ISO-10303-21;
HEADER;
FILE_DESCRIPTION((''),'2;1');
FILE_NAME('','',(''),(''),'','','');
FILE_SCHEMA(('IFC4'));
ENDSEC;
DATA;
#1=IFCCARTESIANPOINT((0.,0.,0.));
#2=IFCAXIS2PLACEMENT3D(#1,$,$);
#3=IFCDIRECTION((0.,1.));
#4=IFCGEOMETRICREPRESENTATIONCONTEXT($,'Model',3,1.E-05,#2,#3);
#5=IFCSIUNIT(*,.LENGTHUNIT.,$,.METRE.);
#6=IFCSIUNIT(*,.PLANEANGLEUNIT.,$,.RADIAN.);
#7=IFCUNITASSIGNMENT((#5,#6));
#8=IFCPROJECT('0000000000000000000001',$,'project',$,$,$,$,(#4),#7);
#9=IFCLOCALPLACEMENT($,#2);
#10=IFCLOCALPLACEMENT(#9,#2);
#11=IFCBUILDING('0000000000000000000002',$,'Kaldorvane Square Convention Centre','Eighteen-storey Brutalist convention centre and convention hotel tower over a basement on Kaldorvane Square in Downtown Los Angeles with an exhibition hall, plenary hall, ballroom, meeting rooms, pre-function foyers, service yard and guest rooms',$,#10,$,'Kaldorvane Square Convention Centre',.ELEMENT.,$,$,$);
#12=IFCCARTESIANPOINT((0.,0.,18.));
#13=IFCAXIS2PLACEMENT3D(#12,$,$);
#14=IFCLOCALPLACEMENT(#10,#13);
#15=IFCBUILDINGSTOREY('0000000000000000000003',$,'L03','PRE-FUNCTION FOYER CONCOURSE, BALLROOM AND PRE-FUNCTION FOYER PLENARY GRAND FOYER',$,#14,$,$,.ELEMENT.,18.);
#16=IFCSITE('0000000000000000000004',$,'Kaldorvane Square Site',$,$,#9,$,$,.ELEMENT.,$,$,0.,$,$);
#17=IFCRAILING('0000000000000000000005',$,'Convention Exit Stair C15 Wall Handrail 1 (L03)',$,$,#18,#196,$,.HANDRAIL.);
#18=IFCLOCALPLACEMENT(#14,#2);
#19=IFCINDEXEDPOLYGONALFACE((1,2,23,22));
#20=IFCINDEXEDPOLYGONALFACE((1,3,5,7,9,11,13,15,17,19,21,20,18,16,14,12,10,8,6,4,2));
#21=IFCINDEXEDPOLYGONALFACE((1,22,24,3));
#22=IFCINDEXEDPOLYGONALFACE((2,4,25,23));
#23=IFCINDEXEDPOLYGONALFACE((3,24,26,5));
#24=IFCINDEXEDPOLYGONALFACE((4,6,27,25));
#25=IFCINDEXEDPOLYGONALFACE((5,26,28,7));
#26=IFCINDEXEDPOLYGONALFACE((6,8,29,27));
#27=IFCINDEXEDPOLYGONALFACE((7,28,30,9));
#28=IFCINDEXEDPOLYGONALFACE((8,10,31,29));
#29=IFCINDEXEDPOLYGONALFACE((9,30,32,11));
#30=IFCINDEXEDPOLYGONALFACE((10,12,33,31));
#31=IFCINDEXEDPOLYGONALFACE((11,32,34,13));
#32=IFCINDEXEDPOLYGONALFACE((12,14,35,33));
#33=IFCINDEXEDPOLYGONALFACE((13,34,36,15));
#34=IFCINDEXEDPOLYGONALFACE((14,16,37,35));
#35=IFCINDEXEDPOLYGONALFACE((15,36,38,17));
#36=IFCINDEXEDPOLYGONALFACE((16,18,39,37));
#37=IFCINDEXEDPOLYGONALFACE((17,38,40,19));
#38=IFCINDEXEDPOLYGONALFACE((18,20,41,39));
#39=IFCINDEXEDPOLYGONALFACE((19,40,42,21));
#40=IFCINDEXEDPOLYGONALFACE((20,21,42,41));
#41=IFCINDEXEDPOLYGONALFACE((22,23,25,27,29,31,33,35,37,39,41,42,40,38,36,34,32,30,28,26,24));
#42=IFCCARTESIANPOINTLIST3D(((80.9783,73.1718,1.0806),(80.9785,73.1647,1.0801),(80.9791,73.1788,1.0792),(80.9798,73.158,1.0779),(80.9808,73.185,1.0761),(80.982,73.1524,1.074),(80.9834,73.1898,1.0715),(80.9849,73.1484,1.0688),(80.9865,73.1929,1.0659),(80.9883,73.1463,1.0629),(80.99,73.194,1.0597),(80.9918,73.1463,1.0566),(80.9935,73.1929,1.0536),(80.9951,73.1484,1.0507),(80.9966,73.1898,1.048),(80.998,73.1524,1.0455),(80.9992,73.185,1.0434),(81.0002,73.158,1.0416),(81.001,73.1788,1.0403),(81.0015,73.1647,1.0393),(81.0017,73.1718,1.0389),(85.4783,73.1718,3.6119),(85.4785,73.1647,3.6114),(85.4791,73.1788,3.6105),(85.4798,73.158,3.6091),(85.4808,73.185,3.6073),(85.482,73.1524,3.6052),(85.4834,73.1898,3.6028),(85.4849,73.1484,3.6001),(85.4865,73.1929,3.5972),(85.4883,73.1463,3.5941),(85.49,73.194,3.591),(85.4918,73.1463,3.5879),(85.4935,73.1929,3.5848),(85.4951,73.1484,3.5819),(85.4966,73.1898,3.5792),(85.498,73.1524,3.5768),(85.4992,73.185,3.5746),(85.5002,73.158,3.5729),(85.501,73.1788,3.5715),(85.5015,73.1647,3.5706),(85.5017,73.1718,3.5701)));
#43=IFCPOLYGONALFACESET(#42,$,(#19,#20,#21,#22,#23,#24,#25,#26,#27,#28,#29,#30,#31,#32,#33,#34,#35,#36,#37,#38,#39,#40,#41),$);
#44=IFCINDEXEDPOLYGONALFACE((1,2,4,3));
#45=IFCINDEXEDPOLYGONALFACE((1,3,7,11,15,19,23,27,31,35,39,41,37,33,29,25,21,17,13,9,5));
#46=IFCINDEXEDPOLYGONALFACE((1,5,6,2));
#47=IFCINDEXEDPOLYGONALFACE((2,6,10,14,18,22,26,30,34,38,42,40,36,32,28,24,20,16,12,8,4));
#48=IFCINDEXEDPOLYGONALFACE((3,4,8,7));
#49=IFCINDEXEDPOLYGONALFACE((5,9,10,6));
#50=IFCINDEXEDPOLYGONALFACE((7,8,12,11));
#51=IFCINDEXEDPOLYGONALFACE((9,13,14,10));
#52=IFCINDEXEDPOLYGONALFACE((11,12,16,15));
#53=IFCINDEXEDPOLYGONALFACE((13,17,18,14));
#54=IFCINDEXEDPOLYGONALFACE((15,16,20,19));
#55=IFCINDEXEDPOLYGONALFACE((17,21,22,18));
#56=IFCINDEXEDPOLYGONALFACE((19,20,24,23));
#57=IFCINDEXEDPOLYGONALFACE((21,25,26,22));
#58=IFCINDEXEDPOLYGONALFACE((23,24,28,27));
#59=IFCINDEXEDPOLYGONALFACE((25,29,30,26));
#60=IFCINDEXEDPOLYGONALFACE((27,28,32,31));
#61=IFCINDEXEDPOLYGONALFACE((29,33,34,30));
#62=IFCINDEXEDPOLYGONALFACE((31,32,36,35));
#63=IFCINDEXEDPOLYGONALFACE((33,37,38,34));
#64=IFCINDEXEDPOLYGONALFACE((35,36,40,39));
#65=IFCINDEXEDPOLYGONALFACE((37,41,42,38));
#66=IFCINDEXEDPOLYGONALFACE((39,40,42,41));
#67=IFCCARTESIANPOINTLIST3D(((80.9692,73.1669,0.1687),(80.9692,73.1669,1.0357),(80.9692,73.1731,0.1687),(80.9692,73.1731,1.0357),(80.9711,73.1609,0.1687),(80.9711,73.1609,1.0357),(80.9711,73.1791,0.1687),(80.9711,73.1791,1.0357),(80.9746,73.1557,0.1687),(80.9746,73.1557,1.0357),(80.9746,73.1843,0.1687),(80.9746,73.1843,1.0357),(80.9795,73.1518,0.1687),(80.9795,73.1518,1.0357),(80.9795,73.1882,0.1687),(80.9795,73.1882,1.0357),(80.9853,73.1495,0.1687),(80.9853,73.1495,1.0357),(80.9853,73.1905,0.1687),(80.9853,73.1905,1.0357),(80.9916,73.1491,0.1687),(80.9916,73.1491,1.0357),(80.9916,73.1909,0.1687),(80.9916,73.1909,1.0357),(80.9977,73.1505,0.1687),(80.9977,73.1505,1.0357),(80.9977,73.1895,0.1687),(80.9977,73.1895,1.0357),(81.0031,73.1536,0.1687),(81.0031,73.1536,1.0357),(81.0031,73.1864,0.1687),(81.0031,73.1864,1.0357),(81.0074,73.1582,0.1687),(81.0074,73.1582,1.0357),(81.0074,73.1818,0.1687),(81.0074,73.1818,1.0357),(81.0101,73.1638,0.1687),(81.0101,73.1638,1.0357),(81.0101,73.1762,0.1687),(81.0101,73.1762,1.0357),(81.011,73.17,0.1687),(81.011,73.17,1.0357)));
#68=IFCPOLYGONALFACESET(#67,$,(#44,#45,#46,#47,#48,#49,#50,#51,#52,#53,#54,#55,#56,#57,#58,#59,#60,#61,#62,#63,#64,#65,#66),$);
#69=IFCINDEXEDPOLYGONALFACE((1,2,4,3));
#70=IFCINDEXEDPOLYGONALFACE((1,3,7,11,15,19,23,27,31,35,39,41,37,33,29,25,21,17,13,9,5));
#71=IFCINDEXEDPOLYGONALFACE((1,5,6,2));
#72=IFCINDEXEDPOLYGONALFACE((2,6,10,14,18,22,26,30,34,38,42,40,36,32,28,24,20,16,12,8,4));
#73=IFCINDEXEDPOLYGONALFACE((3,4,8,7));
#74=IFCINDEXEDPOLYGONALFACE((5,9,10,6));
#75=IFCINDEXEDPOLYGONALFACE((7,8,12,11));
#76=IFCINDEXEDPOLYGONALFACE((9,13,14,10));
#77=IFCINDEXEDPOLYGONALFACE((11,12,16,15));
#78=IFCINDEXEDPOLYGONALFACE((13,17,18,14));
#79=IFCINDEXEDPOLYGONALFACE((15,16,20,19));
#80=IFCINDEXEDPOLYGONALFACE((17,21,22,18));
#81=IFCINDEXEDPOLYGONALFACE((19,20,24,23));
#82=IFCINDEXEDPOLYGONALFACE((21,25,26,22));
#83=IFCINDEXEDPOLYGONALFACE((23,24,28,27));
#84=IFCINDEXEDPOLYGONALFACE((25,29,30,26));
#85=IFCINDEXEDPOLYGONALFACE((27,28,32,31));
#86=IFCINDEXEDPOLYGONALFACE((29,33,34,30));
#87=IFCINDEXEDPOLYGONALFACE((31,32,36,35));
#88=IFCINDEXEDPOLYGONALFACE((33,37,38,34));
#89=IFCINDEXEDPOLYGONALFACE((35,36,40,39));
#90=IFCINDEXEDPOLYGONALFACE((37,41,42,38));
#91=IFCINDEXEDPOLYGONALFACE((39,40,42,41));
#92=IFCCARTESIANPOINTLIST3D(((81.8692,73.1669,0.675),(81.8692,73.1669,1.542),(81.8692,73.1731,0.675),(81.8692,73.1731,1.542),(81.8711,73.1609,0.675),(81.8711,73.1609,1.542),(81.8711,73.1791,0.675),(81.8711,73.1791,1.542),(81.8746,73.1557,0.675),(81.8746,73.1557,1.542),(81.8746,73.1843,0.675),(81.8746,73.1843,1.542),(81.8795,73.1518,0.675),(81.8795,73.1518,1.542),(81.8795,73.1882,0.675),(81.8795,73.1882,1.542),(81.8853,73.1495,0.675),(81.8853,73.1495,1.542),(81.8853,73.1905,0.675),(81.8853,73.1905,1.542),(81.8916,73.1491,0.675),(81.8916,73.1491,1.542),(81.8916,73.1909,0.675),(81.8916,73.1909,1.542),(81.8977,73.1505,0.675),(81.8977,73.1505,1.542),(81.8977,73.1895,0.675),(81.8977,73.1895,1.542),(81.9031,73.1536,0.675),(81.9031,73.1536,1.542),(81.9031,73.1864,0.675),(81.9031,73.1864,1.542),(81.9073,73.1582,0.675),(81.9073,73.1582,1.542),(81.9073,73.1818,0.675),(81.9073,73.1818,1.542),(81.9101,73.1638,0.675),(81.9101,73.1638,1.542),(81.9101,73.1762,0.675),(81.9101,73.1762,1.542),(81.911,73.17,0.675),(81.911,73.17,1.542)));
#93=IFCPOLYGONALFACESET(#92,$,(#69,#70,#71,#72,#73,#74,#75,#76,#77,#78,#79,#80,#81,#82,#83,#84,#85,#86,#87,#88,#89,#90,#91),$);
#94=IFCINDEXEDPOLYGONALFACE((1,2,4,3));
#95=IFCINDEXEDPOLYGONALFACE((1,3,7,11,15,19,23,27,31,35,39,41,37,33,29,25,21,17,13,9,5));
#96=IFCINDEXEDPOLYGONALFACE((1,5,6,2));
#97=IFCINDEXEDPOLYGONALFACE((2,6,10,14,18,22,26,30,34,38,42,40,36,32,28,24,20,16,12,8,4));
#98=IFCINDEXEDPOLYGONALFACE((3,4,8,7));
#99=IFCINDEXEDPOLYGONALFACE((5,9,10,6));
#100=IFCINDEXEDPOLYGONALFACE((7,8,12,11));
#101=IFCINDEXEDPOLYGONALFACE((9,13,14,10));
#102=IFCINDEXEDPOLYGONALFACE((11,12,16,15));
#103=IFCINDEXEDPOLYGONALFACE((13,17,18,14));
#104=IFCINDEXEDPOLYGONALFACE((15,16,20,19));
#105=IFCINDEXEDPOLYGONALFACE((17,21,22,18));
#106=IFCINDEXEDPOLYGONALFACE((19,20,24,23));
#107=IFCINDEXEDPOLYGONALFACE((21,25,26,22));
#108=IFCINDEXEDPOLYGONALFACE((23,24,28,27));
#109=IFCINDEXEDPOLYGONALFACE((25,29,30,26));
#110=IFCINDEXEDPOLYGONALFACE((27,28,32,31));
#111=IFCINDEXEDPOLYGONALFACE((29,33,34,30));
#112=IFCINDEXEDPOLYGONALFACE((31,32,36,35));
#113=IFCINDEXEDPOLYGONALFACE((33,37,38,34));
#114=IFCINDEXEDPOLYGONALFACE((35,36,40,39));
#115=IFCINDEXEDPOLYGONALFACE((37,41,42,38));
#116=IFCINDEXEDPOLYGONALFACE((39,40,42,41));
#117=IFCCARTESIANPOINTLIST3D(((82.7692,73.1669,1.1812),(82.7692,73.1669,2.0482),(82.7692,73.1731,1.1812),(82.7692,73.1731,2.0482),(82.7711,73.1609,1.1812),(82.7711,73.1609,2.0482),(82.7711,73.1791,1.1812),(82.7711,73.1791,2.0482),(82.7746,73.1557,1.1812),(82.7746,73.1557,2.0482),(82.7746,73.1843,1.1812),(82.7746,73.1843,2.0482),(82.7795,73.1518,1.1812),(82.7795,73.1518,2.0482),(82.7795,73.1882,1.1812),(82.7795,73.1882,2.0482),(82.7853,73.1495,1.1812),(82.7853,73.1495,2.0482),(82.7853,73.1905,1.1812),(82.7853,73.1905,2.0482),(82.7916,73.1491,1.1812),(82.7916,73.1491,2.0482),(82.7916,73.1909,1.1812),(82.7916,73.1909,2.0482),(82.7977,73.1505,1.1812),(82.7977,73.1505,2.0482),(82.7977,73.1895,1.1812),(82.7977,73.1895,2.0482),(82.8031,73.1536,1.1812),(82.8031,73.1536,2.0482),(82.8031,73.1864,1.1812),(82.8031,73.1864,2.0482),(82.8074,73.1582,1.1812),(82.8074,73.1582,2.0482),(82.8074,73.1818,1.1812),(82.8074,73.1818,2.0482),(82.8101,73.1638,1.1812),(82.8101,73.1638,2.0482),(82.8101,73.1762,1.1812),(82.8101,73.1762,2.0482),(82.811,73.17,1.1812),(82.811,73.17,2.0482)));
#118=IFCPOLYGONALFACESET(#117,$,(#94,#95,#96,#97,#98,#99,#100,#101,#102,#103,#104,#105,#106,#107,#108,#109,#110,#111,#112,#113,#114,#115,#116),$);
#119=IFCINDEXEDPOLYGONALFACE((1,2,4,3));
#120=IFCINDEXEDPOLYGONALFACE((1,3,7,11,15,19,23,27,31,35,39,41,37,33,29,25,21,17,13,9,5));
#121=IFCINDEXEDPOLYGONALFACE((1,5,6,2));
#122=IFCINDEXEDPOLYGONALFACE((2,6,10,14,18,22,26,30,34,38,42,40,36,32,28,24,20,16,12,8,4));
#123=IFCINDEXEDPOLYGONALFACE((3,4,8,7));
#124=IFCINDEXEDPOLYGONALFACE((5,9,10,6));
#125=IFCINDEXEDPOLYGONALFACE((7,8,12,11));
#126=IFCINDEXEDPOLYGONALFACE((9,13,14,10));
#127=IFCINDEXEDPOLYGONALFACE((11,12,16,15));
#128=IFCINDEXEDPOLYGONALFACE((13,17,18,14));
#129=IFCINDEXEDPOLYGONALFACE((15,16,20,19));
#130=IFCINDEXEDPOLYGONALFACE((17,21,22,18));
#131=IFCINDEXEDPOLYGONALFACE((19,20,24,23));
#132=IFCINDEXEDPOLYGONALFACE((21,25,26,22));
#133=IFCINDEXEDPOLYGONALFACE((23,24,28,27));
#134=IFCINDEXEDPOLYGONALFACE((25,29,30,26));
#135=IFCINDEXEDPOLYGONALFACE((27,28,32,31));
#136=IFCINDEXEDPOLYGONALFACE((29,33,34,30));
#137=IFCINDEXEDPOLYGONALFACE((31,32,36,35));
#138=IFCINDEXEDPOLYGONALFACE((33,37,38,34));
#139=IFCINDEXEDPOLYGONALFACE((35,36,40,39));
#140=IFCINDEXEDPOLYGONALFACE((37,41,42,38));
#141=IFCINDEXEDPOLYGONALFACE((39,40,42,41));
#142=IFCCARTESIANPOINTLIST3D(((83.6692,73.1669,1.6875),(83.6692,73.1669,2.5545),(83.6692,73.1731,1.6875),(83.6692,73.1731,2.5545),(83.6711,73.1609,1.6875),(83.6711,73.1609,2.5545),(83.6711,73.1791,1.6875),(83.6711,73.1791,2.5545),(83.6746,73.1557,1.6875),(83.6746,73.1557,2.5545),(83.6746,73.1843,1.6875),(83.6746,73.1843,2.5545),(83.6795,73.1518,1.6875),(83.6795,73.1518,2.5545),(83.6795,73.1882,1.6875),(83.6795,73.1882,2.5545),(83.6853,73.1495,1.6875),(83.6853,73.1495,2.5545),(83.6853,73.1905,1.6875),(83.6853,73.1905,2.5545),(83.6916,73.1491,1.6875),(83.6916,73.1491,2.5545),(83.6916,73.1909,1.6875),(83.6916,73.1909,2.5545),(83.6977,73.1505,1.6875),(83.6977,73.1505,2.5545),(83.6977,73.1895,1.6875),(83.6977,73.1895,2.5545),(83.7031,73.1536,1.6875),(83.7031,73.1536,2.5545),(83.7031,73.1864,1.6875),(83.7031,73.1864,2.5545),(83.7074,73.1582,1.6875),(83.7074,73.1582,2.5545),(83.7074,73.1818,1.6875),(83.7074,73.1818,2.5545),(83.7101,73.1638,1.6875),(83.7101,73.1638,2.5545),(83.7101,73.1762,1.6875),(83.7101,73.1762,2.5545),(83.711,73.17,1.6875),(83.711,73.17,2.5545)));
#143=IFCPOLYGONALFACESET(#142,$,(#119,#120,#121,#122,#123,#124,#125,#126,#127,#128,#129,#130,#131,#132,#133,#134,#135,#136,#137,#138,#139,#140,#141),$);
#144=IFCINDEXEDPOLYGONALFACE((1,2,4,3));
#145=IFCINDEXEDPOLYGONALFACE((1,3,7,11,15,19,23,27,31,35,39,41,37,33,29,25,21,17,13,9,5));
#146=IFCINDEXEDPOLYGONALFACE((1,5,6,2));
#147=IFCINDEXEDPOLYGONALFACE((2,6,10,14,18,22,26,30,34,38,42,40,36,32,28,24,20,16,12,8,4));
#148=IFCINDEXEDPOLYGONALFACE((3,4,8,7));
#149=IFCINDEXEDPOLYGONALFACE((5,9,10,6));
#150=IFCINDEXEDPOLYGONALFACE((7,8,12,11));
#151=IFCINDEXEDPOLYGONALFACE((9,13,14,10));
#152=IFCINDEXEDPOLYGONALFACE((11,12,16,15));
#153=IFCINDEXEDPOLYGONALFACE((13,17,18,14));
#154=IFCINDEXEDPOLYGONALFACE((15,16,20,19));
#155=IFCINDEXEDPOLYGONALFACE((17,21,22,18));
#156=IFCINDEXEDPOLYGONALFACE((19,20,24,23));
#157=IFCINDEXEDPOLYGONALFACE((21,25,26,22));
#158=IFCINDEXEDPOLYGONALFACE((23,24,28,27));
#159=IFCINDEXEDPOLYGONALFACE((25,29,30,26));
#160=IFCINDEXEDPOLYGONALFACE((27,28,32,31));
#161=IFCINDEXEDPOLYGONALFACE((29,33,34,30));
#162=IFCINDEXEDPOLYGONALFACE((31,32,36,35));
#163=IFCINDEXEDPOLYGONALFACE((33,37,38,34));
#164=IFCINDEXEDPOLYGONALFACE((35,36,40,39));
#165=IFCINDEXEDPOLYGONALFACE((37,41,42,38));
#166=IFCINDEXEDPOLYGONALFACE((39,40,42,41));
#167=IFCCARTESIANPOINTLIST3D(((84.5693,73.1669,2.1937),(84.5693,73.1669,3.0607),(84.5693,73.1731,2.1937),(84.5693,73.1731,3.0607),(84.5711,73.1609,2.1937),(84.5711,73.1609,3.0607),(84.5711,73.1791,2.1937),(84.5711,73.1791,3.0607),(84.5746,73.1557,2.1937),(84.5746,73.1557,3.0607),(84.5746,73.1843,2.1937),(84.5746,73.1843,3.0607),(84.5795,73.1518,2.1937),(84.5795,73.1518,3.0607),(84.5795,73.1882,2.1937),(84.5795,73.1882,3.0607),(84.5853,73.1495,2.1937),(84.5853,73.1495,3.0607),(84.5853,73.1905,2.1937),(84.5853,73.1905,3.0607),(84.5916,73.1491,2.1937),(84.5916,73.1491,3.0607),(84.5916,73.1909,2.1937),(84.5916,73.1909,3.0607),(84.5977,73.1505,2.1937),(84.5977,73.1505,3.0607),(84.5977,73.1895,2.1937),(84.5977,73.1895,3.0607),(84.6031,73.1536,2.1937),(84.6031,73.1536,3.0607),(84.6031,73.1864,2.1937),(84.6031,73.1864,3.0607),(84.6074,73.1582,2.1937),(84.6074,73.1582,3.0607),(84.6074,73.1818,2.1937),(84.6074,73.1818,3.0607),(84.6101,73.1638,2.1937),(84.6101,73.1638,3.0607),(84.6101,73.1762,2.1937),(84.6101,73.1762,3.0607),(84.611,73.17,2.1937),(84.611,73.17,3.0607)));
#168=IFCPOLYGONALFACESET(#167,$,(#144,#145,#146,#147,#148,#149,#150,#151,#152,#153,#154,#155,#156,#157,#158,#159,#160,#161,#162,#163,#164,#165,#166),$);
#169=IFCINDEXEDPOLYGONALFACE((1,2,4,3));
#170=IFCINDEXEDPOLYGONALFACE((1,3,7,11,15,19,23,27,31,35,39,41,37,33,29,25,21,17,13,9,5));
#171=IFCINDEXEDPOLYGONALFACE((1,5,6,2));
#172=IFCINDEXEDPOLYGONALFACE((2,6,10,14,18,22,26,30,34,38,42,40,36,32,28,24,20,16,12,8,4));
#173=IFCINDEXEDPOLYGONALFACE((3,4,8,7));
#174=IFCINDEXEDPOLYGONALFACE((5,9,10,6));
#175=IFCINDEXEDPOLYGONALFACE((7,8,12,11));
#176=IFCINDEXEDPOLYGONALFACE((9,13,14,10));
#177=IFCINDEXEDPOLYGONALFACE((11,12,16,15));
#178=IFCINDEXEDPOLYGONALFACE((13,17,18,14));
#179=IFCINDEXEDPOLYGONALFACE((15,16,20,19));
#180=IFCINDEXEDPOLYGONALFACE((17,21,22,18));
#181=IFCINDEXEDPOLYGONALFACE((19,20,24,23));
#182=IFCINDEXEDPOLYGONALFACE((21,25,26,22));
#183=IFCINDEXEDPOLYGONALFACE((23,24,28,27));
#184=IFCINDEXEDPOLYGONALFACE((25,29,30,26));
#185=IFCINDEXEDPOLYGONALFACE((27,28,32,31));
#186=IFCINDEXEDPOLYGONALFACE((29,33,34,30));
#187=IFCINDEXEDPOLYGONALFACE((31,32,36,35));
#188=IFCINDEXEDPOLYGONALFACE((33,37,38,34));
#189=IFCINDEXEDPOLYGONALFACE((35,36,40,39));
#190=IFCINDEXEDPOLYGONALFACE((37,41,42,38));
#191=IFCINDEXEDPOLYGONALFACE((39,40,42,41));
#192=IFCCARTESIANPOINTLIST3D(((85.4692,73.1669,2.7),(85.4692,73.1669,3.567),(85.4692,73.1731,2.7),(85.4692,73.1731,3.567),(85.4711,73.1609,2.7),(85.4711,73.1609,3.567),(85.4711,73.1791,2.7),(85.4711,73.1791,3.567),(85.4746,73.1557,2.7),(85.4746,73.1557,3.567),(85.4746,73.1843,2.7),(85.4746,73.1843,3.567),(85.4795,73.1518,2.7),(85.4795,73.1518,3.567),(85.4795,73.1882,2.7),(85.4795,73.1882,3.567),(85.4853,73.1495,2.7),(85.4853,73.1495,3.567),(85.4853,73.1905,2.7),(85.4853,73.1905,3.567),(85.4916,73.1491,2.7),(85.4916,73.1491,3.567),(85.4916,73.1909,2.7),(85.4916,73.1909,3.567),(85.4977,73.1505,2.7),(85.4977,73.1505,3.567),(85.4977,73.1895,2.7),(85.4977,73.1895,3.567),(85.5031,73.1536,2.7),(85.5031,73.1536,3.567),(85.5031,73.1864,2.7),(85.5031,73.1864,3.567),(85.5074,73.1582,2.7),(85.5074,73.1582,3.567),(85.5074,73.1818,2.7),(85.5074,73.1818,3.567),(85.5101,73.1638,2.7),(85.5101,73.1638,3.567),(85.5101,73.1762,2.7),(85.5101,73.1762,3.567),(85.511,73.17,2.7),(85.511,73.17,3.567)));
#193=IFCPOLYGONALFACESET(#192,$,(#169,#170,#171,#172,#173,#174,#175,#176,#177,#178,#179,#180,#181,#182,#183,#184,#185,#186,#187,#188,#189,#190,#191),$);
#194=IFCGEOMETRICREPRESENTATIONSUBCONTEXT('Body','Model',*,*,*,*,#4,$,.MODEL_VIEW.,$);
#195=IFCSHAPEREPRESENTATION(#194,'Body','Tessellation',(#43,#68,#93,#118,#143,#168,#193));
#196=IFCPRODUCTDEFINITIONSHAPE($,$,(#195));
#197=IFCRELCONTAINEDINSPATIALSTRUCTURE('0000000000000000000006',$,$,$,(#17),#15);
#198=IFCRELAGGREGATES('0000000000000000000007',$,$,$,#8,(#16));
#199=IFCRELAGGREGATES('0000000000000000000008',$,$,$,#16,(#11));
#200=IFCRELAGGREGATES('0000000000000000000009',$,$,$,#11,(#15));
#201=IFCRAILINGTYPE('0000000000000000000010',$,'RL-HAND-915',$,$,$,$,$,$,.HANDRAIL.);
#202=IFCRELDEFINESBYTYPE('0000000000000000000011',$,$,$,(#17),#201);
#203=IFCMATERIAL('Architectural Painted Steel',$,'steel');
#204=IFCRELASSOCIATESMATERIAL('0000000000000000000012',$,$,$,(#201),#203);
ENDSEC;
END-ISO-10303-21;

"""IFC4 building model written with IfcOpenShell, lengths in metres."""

from ifc_helpers import new_model, si_unit, direction, frame, origin, origin_2d, place, context, subcontext, project, spatial, circle, extrude, material, type_object, element, save


model = new_model("IFC4")

# Units and contexts
model_context = context("Model", 3, precision=1e-05, world=origin(), true_north=direction((0.0, 1.0)))
body_context = subcontext(model_context, "Body", "Model", "MODEL_VIEW")
ifc_project = project(units=[si_unit("LENGTHUNIT", "METRE"), si_unit("PLANEANGLEUNIT", "RADIAN")], contexts=[model_context])

# Site, building, storey
site_placement = place(None, origin())
site = spatial("IfcSite", under=ifc_project, at=site_placement, Name="Kaldorvane Square Site", CompositionType="ELEMENT", RefElevation=0.0)
building_placement = place(site_placement, origin())
building = spatial("IfcBuilding", under=site, at=building_placement, Name="Kaldorvane Square Convention Centre", Description="Eighteen-storey Brutalist convention centre and convention hotel tower over a basement on Kaldorvane Square in Downtown Los Angeles with an exhibition hall, plenary hall, ballroom, meeting rooms, pre-function foyers, service yard and guest rooms", LongName="Kaldorvane Square Convention Centre", CompositionType="ELEMENT")
storey_placement = place(building_placement, frame((0.0, 0.0, 18.0)))
storey = spatial("IfcBuildingStorey", under=building, at=storey_placement, Name="L03", Description="PRE-FUNCTION FOYER CONCOURSE, BALLROOM AND PRE-FUNCTION FOYER PLENARY GRAND FOYER", CompositionType="ELEMENT", Elevation=18.0)

# Railing
ifc_material_1 = material(Name="Architectural Painted Steel", Category="steel")
railing_type_1 = type_object("IfcRailingType", Name="RL-HAND-915", PredefinedType="HANDRAIL", material=ifc_material_1)
railing_1_placement = place(storey_placement, frame((80.99, 73.17, 0.1687)))
element("IfcRailing", 1, at=railing_1_placement, inside=storey, type_object=railing_type_1, Name="Convention Exit Stair C15 Wall Handrail 1 (L03)", PredefinedType="HANDRAIL", context=body_context, shape_type="SweptSolid", body=[
    extrude(circle(Radius=0.024, at=origin_2d()), frame((0.0, 0.0, 0.891), z_axis=(0.871576, 0.0, 0.490261), x_axis=(0.0, 1.0, 0.0)), (0.0, 0.0, 1.0), 5.1631),
    extrude(circle(Radius=0.021, at=origin_2d()), origin(), (0.0, 0.0, 1.0), 0.867),
    extrude(circle(Radius=0.021, at=origin_2d()), frame((0.9, 0.0, 0.5063)), (0.0, 0.0, 1.0), 0.867),
    extrude(circle(Radius=0.021, at=origin_2d()), frame((1.8, 0.0, 1.0125)), (0.0, 0.0, 1.0), 0.867),
    extrude(circle(Radius=0.021, at=origin_2d()), frame((2.7, 0.0, 1.5188)), (0.0, 0.0, 1.0), 0.867),
    extrude(circle(Radius=0.021, at=origin_2d()), frame((3.6, 0.0, 2.025)), (0.0, 0.0, 1.0), 0.867),
    extrude(circle(Radius=0.021, at=origin_2d()), frame((4.5, 0.0, 2.5312)), (0.0, 0.0, 1.0), 0.867),
])

save(model, "model.ifc")
